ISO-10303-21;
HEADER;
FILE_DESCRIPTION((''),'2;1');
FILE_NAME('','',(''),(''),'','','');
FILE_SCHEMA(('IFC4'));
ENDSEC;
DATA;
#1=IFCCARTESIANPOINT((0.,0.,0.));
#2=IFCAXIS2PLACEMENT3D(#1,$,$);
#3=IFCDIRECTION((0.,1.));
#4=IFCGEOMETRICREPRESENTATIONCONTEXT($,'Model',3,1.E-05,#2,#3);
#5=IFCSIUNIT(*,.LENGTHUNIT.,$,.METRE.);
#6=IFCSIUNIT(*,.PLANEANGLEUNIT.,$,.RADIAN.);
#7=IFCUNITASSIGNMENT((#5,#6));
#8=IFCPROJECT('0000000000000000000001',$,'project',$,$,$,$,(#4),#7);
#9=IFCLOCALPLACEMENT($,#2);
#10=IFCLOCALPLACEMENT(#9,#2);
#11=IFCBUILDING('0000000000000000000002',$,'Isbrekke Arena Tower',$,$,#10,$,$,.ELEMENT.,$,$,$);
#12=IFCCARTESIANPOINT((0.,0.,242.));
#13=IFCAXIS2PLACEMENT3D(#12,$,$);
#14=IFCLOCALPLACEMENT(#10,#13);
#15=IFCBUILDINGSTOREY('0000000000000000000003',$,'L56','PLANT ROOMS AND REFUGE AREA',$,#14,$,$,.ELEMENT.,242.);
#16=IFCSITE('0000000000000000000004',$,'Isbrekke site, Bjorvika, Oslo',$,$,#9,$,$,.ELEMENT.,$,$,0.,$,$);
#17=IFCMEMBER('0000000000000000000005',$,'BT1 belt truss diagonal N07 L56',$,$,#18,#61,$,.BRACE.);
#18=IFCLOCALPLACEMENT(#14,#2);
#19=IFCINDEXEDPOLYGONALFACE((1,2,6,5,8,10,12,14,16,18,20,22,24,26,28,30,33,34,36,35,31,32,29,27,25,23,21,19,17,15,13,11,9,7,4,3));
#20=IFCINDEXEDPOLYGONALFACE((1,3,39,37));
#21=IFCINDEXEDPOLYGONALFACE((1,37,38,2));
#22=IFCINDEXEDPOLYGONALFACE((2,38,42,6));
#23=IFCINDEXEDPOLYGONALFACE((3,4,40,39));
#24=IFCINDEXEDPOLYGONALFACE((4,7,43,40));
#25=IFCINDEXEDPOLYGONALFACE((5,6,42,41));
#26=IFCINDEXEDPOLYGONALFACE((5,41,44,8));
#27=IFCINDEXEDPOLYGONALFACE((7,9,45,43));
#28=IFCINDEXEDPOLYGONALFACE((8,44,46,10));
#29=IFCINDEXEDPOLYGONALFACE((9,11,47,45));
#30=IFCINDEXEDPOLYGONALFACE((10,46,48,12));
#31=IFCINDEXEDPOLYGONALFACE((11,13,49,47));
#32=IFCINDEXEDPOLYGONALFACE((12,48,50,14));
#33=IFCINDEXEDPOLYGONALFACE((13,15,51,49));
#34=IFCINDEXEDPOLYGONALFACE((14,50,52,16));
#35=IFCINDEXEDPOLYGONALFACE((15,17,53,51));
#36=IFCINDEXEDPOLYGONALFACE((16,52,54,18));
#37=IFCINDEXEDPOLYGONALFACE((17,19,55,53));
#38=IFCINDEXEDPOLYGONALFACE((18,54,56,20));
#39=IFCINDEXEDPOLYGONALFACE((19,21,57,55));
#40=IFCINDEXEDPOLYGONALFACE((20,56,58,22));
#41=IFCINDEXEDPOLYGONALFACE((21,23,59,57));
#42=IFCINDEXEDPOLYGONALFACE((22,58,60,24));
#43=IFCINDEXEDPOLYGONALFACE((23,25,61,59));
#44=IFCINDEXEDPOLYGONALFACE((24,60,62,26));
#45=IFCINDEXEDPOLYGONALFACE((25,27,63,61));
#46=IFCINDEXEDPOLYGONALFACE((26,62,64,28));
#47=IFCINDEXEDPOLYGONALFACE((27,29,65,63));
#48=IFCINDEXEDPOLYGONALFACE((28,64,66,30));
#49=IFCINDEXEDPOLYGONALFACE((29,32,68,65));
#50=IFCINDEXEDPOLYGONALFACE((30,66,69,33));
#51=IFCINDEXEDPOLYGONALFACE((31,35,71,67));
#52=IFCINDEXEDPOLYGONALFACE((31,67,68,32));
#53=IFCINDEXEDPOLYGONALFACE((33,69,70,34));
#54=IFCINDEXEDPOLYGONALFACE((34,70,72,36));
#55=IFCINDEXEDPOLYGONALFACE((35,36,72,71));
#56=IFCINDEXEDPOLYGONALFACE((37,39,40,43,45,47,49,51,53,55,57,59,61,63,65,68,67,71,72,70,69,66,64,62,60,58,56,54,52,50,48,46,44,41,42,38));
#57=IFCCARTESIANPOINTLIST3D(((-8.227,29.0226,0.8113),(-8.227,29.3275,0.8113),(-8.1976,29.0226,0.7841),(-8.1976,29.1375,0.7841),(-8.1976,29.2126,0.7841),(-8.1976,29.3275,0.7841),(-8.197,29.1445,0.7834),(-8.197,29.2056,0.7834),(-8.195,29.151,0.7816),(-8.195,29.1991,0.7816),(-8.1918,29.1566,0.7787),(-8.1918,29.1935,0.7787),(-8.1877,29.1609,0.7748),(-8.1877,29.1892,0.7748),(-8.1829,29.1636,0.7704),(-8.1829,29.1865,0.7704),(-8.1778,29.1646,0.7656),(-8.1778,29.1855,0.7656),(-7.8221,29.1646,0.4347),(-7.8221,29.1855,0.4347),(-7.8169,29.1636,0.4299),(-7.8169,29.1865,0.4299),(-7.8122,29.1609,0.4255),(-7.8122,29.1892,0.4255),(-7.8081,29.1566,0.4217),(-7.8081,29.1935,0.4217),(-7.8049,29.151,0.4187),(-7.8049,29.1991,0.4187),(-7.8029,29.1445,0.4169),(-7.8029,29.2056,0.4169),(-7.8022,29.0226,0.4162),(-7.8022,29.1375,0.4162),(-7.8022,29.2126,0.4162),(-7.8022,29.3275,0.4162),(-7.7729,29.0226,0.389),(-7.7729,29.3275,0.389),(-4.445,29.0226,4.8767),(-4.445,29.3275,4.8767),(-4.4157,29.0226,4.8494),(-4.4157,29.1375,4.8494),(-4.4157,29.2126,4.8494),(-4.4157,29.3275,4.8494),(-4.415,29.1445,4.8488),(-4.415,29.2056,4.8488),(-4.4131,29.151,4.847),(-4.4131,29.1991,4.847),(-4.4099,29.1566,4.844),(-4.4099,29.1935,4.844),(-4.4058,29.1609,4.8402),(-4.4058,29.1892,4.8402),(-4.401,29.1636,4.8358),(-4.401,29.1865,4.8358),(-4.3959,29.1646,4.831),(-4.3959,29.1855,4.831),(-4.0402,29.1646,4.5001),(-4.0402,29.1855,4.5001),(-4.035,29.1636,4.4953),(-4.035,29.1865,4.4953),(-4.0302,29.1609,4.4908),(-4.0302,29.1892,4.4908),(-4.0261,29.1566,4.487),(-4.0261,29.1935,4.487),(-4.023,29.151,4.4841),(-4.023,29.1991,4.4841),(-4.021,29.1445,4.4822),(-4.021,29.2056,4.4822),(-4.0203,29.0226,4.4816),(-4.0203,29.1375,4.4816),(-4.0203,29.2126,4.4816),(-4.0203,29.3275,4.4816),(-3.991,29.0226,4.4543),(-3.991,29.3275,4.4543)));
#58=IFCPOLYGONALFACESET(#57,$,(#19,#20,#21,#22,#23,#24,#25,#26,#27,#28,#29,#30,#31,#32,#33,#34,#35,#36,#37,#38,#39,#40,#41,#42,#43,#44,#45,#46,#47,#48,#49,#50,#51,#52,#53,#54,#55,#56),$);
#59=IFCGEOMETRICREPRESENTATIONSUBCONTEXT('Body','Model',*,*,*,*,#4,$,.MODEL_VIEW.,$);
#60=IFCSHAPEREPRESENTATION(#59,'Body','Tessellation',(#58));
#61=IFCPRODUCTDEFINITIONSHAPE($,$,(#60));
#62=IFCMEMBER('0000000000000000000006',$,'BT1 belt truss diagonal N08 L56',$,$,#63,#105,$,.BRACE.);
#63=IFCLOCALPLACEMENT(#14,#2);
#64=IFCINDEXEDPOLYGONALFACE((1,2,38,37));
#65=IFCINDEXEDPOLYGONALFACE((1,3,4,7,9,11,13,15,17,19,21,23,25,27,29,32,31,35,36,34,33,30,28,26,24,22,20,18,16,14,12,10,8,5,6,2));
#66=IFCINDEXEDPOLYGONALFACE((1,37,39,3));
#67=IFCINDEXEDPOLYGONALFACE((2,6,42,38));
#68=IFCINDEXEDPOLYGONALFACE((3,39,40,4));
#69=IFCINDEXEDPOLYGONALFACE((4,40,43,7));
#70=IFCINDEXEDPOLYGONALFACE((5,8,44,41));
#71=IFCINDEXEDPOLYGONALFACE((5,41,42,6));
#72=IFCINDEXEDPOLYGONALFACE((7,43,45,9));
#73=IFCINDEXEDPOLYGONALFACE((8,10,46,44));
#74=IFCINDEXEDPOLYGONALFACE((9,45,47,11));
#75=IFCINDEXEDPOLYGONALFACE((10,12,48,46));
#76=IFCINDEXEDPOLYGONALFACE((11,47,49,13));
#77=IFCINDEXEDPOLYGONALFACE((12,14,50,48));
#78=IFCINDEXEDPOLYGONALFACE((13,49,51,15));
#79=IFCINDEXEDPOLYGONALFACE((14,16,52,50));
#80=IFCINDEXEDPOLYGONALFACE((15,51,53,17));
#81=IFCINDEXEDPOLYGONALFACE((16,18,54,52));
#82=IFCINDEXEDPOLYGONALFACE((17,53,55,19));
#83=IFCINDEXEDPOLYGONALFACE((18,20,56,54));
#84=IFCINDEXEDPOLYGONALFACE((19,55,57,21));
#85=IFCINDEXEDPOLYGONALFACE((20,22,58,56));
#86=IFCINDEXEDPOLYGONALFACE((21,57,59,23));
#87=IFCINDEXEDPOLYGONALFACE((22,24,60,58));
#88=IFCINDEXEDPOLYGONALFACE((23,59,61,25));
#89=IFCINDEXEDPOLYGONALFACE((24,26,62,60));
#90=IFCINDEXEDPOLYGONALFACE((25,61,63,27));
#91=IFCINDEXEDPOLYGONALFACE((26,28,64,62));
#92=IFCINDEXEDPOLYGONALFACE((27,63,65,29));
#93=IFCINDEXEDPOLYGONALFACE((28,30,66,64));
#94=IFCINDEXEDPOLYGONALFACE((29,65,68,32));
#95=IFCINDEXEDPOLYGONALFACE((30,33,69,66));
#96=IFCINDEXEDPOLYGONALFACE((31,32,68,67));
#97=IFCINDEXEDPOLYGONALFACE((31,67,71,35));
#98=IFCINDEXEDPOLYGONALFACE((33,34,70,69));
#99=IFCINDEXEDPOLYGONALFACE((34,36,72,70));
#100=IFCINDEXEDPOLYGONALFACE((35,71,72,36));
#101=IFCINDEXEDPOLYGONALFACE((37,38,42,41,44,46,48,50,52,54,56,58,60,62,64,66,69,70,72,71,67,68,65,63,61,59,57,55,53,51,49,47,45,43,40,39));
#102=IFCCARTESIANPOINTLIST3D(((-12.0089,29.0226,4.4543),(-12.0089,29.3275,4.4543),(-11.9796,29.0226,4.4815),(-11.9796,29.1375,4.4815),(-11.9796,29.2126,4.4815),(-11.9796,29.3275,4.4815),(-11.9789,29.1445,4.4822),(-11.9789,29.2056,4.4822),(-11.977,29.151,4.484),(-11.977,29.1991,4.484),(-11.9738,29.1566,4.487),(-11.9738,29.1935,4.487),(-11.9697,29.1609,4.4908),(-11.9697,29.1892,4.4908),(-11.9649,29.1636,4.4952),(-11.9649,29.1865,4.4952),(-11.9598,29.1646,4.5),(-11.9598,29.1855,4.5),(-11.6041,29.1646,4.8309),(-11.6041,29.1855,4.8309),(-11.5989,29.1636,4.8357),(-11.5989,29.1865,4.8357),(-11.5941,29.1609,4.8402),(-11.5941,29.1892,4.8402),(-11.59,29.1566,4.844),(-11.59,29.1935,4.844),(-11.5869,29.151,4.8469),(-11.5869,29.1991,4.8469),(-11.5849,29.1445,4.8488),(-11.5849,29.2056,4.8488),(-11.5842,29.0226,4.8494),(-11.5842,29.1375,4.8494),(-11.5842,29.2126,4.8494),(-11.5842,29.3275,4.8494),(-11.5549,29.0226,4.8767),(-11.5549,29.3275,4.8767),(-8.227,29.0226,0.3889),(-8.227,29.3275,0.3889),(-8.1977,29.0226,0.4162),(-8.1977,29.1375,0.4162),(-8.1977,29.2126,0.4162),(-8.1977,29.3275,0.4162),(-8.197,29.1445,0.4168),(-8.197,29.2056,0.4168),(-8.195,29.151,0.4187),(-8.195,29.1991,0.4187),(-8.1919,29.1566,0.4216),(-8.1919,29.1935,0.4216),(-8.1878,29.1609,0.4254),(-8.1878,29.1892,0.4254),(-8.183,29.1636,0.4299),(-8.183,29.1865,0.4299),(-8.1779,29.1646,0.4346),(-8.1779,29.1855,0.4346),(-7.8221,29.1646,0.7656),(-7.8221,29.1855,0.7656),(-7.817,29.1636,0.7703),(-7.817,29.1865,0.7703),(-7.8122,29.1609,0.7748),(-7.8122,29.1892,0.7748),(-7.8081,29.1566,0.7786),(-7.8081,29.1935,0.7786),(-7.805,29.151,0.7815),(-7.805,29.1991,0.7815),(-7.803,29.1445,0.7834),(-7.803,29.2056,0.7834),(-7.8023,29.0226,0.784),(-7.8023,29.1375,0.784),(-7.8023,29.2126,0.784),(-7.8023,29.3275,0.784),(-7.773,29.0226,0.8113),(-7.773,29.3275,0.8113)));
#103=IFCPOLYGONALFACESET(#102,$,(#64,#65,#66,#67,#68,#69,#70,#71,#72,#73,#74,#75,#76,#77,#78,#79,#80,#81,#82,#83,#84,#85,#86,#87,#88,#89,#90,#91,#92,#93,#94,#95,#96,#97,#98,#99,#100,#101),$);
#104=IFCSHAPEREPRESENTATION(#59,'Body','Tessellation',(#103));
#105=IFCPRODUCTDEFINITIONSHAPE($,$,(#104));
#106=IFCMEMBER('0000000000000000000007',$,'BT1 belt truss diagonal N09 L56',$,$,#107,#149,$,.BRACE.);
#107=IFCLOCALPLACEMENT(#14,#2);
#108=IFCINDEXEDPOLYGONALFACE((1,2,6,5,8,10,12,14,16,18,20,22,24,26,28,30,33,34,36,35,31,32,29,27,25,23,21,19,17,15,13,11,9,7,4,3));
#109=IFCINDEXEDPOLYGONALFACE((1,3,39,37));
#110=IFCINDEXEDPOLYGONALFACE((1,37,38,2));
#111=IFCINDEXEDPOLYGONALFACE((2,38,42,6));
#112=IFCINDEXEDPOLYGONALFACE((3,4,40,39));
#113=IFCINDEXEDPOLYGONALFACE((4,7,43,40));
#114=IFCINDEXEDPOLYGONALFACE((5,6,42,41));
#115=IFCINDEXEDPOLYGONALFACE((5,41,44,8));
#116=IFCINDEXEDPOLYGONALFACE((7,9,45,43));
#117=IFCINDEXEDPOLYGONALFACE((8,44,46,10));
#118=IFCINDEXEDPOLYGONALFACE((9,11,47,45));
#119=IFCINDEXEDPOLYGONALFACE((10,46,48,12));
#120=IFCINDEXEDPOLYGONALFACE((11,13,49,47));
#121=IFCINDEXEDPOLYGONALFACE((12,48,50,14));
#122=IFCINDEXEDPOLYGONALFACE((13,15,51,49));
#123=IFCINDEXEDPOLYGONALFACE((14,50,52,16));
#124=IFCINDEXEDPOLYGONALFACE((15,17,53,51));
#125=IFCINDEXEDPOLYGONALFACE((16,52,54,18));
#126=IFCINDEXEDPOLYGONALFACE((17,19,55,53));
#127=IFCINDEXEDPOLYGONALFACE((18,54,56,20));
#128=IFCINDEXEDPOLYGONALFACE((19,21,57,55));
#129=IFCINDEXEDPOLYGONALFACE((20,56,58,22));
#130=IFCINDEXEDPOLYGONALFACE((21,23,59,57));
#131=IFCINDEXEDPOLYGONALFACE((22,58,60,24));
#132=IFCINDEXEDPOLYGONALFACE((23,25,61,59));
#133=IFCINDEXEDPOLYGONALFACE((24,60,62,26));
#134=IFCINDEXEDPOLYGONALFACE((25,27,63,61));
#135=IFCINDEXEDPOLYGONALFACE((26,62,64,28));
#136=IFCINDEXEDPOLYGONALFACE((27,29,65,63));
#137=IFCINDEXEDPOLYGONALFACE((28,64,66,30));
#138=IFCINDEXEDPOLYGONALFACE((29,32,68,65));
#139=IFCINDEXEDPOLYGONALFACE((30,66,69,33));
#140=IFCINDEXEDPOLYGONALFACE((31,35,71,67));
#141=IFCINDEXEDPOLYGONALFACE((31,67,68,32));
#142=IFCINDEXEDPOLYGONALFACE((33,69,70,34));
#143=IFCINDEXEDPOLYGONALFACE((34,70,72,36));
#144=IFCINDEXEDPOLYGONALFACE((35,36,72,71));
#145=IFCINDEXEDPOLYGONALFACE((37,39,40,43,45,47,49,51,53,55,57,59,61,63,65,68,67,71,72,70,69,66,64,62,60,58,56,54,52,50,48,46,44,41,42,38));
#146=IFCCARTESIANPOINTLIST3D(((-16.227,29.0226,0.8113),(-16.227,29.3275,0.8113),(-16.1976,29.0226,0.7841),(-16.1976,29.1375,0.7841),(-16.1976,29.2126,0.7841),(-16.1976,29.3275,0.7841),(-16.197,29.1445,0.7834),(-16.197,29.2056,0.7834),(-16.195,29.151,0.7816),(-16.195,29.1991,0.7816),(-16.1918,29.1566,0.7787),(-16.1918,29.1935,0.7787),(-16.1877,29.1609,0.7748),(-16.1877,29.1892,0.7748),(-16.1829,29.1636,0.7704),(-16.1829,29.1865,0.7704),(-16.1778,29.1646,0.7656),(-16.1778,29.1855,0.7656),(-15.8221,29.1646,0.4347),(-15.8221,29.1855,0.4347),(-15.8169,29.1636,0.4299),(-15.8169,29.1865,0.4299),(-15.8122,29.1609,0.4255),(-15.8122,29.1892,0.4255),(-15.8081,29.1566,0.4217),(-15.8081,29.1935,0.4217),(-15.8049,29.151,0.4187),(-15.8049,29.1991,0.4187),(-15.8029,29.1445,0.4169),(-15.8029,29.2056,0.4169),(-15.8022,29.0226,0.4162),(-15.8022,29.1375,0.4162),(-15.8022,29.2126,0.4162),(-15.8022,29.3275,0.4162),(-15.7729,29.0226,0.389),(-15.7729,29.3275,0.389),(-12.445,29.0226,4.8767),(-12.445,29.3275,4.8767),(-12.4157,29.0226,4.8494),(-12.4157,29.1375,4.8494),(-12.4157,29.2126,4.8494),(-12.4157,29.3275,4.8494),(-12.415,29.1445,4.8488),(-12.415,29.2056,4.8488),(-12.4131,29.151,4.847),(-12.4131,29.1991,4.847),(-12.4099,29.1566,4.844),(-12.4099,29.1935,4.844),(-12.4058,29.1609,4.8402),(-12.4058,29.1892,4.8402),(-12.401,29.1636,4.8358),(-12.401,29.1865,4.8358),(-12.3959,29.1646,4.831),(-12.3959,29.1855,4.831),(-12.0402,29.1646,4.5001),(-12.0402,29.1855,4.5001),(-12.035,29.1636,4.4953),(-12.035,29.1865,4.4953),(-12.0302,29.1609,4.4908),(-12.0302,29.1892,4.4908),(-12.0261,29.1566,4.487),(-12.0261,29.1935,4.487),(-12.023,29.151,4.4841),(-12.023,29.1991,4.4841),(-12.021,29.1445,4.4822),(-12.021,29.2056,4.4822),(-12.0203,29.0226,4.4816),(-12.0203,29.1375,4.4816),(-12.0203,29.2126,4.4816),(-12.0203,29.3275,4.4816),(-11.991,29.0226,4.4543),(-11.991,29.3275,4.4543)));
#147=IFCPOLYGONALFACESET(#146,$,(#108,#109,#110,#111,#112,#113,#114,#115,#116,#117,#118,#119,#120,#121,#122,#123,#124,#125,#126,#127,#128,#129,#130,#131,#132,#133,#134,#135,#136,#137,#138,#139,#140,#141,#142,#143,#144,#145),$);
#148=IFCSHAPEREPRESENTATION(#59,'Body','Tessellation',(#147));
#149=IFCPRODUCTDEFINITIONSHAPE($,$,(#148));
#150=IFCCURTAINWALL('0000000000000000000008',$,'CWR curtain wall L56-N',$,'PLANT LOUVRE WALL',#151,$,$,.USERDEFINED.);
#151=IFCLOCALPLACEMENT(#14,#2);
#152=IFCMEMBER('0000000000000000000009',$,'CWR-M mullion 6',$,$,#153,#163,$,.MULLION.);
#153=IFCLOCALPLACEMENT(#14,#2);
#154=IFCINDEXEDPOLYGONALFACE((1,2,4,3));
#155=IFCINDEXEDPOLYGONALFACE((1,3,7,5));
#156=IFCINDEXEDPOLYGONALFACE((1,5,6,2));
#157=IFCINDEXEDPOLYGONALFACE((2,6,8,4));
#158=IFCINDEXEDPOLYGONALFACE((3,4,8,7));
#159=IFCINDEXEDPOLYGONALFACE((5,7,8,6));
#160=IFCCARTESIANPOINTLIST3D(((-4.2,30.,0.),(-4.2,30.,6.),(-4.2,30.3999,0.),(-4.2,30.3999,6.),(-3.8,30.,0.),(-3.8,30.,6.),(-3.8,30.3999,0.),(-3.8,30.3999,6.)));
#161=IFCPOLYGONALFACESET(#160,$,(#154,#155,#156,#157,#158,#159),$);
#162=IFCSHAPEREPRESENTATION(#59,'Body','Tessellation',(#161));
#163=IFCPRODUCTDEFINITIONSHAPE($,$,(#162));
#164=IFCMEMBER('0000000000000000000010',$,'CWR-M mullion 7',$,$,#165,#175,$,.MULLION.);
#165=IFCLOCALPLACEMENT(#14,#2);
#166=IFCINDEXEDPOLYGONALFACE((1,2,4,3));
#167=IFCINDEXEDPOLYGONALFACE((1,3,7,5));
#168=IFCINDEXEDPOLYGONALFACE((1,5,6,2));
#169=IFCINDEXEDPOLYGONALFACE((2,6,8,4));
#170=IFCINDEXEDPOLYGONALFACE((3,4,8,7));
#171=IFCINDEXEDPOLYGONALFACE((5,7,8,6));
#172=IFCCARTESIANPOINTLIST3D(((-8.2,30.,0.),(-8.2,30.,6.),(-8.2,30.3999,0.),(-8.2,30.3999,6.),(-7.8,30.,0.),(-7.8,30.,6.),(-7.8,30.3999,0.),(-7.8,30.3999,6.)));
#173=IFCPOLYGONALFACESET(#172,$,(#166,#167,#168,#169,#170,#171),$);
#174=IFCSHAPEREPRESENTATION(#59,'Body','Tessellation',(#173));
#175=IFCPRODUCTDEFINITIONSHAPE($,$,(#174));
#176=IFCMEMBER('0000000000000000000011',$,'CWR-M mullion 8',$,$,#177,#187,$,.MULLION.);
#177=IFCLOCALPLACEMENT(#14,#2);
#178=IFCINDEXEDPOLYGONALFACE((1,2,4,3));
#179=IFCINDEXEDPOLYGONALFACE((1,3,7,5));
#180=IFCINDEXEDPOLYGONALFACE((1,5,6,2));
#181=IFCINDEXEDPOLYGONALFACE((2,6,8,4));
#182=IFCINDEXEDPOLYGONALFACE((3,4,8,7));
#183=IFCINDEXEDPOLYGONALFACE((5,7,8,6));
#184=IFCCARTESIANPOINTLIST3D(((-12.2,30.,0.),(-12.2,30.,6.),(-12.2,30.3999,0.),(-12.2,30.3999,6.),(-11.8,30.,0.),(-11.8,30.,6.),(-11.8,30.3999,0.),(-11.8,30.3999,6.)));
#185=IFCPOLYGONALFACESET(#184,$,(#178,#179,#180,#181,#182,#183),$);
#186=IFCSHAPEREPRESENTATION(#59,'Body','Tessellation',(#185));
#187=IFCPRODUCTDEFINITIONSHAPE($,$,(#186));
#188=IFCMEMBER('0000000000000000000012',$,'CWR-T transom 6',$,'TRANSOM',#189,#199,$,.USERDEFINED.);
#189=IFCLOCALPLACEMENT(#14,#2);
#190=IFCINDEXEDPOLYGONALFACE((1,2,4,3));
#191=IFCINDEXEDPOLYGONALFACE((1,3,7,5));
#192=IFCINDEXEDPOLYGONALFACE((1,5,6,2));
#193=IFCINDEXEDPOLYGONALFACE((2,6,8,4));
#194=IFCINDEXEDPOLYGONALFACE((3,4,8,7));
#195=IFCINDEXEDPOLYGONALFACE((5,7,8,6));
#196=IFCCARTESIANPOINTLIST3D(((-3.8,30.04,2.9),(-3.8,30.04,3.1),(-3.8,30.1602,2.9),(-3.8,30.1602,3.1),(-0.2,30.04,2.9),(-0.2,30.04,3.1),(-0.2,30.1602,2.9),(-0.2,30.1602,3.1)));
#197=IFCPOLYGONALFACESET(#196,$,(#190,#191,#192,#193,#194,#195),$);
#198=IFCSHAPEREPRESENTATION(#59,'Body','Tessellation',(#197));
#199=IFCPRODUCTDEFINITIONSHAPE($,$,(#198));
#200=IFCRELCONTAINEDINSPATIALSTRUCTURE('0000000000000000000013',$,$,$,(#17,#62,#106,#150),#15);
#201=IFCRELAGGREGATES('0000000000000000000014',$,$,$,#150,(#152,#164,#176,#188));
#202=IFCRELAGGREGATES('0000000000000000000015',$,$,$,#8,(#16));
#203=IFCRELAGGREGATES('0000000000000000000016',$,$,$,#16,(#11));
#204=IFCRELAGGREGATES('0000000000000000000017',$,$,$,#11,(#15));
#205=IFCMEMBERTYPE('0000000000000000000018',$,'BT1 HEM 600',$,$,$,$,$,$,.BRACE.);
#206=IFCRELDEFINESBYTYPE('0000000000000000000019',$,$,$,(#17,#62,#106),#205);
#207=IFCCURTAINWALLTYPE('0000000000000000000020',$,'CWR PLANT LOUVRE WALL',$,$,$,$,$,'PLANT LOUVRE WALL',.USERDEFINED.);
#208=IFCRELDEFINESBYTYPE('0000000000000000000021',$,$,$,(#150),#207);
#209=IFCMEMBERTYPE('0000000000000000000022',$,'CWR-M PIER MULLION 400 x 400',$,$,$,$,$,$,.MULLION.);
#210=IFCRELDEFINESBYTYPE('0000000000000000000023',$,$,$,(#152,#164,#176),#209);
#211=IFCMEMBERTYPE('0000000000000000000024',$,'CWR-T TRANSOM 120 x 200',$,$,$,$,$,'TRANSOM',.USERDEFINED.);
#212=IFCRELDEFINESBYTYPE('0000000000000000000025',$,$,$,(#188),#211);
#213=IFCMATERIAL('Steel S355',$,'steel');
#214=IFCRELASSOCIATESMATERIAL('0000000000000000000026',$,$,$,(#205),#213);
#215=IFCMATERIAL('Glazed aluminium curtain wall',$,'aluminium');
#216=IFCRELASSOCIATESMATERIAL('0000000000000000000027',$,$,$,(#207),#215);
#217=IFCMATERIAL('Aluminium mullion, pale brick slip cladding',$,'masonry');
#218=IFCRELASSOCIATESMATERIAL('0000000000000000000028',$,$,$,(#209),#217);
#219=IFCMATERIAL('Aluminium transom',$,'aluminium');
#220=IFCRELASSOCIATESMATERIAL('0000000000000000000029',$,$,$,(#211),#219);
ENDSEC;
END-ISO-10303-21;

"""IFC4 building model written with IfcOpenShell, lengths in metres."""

from ifc_helpers import new_model, si_unit, direction, frame, origin, origin_2d, place, context, subcontext, project, spatial, rectangle, i_section, extrude, material, material_profile, profile_set, type_object, element, aggregate, save


model = new_model("IFC4")

# Units and contexts
model_context = context("Model", 3, precision=1e-05, world=origin(), true_north=direction((0.0, 1.0)))
body_context = subcontext(model_context, "Body", "Model", "MODEL_VIEW")
ifc_project = project(units=[si_unit("LENGTHUNIT", "METRE"), si_unit("PLANEANGLEUNIT", "RADIAN")], contexts=[model_context])

# Site, building, storey
site_placement = place(None, origin())
site = spatial("IfcSite", under=ifc_project, at=site_placement, Name="Isbrekke site, Bjorvika, Oslo", CompositionType="ELEMENT", RefElevation=0.0)
building_placement = place(site_placement, origin())
building = spatial("IfcBuilding", under=site, at=building_placement, Name="Isbrekke Arena Tower", CompositionType="ELEMENT")
storey_placement = place(building_placement, frame((0.0, 0.0, 242.0)))
storey = spatial("IfcBuildingStorey", under=building, at=storey_placement, Name="L56", Description="PLANT ROOMS AND REFUGE AREA", CompositionType="ELEMENT", Elevation=242.0)

# Members
ifc_material_1 = material(Name="Steel S355", Category="steel")
ifc_material_profile_1 = material_profile(ifc_material_1, i_section(OverallWidth=0.3049, OverallDepth=0.6201, WebThickness=0.021, FlangeThickness=0.04, FilletRadius=0.0271, at=origin_2d()), Name="HEM 600")
ifc_profile_set_1 = profile_set([ifc_material_profile_1], Name="Steel S355")
member_type_1 = type_object("IfcMemberType", Name="BT1 HEM 600", PredefinedType="BRACE", material=ifc_profile_set_1)
for number, where, z_axis, x_axis, name in (
    (1, (-4.218, 29.175, 4.6655), (-0.681122, 0.0, -0.73217), (0.0, -1.0, 0.0), "BT1 belt truss diagonal N07 L56"),
    (2, (-8.0, 29.175, 0.6001), (-0.681122, 0.0, 0.73217), (0.0, -1.0, 0.0), "BT1 belt truss diagonal N08 L56"),
    (3, (-12.218, 29.175, 4.6655), (-0.681122, 0.0, -0.73217), (0.0, -1.0, 0.0), "BT1 belt truss diagonal N09 L56"),
):
    element("IfcMember", number, at=place(storey_placement, frame(where, z_axis=z_axis, x_axis=x_axis)), inside=storey, type_object=member_type_1, Name=name, PredefinedType="BRACE", context=body_context, shape_type="SweptSolid", body=[
        extrude(i_section(OverallWidth=0.3049, OverallDepth=0.6201, WebThickness=0.021, FlangeThickness=0.04, FilletRadius=0.0271, at=origin_2d()), origin(), (0.0, 0.0, 1.0), 5.5525),
    ])

# Curtain wall, members
ifc_material_2 = material(Name="Glazed aluminium curtain wall", Category="aluminium")
curtain_wall_type = type_object("IfcCurtainWallType", Name="CWR PLANT LOUVRE WALL", ElementType="PLANT LOUVRE WALL", PredefinedType="USERDEFINED", material=ifc_material_2)
curtain_wall_placement = place(storey_placement, origin())
curtain_wall = element("IfcCurtainWall", 4, at=curtain_wall_placement, inside=storey, type_object=curtain_wall_type, Name="CWR curtain wall L56-N", ObjectType="PLANT LOUVRE WALL", PredefinedType="USERDEFINED")
ifc_material_3 = material(Name="Aluminium mullion, pale brick slip cladding", Category="masonry")
ifc_material_profile_2 = material_profile(ifc_material_3, rectangle(XDim=0.3999, YDim=0.3999, at=origin_2d()), Name="PIER 400X400")
ifc_profile_set_2 = profile_set([ifc_material_profile_2], Name="Aluminium mullion, pale brick slip cladding")
member_type_2 = type_object("IfcMemberType", Name="CWR-M PIER MULLION 400 x 400", PredefinedType="MULLION", material=ifc_profile_set_2)
member_1_placement = place(storey_placement, frame((-4.0, 30.2, 0.0), z_axis=(0.0, 0.0, 1.0), x_axis=(-1.0, 0.0, 0.0)))
member_1 = element("IfcMember", 5, at=member_1_placement, type_object=member_type_2, Name="CWR-M mullion 6", PredefinedType="MULLION", context=body_context, shape_type="SweptSolid", body=[
    extrude(rectangle(XDim=0.3999, YDim=0.3999, at=origin_2d()), origin(), (0.0, 0.0, 1.0), 6.0),
])
member_2_placement = place(storey_placement, frame((-8.0, 30.2, 0.0), z_axis=(0.0, 0.0, 1.0), x_axis=(-1.0, 0.0, 0.0)))
member_2 = element("IfcMember", 6, at=member_2_placement, type_object=member_type_2, Name="CWR-M mullion 7", PredefinedType="MULLION", context=body_context, shape_type="SweptSolid", body=[
    extrude(rectangle(XDim=0.3999, YDim=0.3999, at=origin_2d()), origin(), (0.0, 0.0, 1.0), 6.0),
])
member_3_placement = place(storey_placement, frame((-12.0, 30.2, 0.0), z_axis=(0.0, 0.0, 1.0), x_axis=(-1.0, 0.0, 0.0)))
member_3 = element("IfcMember", 7, at=member_3_placement, type_object=member_type_2, Name="CWR-M mullion 8", PredefinedType="MULLION", context=body_context, shape_type="SweptSolid", body=[
    extrude(rectangle(XDim=0.3999, YDim=0.3999, at=origin_2d()), origin(), (0.0, 0.0, 1.0), 6.0),
])
ifc_material_4 = material(Name="Aluminium transom", Category="aluminium")
ifc_material_profile_3 = material_profile(ifc_material_4, rectangle(XDim=0.1201, YDim=0.2, at=origin_2d()), Name="TRANSOM 120X200")
ifc_profile_set_3 = profile_set([ifc_material_profile_3], Name="Aluminium transom")
member_type_3 = type_object("IfcMemberType", Name="CWR-T TRANSOM 120 x 200", ElementType="TRANSOM", PredefinedType="USERDEFINED", material=ifc_profile_set_3)
member_4_placement = place(storey_placement, frame((-0.2, 30.1001, 3.0), z_axis=(-1.0, 0.0, 0.0), x_axis=(0.0, -1.0, 0.0)))
member_4 = element("IfcMember", 8, at=member_4_placement, type_object=member_type_3, Name="CWR-T transom 6", ObjectType="TRANSOM", PredefinedType="USERDEFINED", context=body_context, shape_type="SweptSolid", body=[
    extrude(rectangle(XDim=0.1201, YDim=0.2, at=origin_2d()), origin(), (0.0, 0.0, 1.0), 3.6001),
])

aggregate(curtain_wall, [member_1, member_2, member_3, member_4])

save(model, "model.ifc")
